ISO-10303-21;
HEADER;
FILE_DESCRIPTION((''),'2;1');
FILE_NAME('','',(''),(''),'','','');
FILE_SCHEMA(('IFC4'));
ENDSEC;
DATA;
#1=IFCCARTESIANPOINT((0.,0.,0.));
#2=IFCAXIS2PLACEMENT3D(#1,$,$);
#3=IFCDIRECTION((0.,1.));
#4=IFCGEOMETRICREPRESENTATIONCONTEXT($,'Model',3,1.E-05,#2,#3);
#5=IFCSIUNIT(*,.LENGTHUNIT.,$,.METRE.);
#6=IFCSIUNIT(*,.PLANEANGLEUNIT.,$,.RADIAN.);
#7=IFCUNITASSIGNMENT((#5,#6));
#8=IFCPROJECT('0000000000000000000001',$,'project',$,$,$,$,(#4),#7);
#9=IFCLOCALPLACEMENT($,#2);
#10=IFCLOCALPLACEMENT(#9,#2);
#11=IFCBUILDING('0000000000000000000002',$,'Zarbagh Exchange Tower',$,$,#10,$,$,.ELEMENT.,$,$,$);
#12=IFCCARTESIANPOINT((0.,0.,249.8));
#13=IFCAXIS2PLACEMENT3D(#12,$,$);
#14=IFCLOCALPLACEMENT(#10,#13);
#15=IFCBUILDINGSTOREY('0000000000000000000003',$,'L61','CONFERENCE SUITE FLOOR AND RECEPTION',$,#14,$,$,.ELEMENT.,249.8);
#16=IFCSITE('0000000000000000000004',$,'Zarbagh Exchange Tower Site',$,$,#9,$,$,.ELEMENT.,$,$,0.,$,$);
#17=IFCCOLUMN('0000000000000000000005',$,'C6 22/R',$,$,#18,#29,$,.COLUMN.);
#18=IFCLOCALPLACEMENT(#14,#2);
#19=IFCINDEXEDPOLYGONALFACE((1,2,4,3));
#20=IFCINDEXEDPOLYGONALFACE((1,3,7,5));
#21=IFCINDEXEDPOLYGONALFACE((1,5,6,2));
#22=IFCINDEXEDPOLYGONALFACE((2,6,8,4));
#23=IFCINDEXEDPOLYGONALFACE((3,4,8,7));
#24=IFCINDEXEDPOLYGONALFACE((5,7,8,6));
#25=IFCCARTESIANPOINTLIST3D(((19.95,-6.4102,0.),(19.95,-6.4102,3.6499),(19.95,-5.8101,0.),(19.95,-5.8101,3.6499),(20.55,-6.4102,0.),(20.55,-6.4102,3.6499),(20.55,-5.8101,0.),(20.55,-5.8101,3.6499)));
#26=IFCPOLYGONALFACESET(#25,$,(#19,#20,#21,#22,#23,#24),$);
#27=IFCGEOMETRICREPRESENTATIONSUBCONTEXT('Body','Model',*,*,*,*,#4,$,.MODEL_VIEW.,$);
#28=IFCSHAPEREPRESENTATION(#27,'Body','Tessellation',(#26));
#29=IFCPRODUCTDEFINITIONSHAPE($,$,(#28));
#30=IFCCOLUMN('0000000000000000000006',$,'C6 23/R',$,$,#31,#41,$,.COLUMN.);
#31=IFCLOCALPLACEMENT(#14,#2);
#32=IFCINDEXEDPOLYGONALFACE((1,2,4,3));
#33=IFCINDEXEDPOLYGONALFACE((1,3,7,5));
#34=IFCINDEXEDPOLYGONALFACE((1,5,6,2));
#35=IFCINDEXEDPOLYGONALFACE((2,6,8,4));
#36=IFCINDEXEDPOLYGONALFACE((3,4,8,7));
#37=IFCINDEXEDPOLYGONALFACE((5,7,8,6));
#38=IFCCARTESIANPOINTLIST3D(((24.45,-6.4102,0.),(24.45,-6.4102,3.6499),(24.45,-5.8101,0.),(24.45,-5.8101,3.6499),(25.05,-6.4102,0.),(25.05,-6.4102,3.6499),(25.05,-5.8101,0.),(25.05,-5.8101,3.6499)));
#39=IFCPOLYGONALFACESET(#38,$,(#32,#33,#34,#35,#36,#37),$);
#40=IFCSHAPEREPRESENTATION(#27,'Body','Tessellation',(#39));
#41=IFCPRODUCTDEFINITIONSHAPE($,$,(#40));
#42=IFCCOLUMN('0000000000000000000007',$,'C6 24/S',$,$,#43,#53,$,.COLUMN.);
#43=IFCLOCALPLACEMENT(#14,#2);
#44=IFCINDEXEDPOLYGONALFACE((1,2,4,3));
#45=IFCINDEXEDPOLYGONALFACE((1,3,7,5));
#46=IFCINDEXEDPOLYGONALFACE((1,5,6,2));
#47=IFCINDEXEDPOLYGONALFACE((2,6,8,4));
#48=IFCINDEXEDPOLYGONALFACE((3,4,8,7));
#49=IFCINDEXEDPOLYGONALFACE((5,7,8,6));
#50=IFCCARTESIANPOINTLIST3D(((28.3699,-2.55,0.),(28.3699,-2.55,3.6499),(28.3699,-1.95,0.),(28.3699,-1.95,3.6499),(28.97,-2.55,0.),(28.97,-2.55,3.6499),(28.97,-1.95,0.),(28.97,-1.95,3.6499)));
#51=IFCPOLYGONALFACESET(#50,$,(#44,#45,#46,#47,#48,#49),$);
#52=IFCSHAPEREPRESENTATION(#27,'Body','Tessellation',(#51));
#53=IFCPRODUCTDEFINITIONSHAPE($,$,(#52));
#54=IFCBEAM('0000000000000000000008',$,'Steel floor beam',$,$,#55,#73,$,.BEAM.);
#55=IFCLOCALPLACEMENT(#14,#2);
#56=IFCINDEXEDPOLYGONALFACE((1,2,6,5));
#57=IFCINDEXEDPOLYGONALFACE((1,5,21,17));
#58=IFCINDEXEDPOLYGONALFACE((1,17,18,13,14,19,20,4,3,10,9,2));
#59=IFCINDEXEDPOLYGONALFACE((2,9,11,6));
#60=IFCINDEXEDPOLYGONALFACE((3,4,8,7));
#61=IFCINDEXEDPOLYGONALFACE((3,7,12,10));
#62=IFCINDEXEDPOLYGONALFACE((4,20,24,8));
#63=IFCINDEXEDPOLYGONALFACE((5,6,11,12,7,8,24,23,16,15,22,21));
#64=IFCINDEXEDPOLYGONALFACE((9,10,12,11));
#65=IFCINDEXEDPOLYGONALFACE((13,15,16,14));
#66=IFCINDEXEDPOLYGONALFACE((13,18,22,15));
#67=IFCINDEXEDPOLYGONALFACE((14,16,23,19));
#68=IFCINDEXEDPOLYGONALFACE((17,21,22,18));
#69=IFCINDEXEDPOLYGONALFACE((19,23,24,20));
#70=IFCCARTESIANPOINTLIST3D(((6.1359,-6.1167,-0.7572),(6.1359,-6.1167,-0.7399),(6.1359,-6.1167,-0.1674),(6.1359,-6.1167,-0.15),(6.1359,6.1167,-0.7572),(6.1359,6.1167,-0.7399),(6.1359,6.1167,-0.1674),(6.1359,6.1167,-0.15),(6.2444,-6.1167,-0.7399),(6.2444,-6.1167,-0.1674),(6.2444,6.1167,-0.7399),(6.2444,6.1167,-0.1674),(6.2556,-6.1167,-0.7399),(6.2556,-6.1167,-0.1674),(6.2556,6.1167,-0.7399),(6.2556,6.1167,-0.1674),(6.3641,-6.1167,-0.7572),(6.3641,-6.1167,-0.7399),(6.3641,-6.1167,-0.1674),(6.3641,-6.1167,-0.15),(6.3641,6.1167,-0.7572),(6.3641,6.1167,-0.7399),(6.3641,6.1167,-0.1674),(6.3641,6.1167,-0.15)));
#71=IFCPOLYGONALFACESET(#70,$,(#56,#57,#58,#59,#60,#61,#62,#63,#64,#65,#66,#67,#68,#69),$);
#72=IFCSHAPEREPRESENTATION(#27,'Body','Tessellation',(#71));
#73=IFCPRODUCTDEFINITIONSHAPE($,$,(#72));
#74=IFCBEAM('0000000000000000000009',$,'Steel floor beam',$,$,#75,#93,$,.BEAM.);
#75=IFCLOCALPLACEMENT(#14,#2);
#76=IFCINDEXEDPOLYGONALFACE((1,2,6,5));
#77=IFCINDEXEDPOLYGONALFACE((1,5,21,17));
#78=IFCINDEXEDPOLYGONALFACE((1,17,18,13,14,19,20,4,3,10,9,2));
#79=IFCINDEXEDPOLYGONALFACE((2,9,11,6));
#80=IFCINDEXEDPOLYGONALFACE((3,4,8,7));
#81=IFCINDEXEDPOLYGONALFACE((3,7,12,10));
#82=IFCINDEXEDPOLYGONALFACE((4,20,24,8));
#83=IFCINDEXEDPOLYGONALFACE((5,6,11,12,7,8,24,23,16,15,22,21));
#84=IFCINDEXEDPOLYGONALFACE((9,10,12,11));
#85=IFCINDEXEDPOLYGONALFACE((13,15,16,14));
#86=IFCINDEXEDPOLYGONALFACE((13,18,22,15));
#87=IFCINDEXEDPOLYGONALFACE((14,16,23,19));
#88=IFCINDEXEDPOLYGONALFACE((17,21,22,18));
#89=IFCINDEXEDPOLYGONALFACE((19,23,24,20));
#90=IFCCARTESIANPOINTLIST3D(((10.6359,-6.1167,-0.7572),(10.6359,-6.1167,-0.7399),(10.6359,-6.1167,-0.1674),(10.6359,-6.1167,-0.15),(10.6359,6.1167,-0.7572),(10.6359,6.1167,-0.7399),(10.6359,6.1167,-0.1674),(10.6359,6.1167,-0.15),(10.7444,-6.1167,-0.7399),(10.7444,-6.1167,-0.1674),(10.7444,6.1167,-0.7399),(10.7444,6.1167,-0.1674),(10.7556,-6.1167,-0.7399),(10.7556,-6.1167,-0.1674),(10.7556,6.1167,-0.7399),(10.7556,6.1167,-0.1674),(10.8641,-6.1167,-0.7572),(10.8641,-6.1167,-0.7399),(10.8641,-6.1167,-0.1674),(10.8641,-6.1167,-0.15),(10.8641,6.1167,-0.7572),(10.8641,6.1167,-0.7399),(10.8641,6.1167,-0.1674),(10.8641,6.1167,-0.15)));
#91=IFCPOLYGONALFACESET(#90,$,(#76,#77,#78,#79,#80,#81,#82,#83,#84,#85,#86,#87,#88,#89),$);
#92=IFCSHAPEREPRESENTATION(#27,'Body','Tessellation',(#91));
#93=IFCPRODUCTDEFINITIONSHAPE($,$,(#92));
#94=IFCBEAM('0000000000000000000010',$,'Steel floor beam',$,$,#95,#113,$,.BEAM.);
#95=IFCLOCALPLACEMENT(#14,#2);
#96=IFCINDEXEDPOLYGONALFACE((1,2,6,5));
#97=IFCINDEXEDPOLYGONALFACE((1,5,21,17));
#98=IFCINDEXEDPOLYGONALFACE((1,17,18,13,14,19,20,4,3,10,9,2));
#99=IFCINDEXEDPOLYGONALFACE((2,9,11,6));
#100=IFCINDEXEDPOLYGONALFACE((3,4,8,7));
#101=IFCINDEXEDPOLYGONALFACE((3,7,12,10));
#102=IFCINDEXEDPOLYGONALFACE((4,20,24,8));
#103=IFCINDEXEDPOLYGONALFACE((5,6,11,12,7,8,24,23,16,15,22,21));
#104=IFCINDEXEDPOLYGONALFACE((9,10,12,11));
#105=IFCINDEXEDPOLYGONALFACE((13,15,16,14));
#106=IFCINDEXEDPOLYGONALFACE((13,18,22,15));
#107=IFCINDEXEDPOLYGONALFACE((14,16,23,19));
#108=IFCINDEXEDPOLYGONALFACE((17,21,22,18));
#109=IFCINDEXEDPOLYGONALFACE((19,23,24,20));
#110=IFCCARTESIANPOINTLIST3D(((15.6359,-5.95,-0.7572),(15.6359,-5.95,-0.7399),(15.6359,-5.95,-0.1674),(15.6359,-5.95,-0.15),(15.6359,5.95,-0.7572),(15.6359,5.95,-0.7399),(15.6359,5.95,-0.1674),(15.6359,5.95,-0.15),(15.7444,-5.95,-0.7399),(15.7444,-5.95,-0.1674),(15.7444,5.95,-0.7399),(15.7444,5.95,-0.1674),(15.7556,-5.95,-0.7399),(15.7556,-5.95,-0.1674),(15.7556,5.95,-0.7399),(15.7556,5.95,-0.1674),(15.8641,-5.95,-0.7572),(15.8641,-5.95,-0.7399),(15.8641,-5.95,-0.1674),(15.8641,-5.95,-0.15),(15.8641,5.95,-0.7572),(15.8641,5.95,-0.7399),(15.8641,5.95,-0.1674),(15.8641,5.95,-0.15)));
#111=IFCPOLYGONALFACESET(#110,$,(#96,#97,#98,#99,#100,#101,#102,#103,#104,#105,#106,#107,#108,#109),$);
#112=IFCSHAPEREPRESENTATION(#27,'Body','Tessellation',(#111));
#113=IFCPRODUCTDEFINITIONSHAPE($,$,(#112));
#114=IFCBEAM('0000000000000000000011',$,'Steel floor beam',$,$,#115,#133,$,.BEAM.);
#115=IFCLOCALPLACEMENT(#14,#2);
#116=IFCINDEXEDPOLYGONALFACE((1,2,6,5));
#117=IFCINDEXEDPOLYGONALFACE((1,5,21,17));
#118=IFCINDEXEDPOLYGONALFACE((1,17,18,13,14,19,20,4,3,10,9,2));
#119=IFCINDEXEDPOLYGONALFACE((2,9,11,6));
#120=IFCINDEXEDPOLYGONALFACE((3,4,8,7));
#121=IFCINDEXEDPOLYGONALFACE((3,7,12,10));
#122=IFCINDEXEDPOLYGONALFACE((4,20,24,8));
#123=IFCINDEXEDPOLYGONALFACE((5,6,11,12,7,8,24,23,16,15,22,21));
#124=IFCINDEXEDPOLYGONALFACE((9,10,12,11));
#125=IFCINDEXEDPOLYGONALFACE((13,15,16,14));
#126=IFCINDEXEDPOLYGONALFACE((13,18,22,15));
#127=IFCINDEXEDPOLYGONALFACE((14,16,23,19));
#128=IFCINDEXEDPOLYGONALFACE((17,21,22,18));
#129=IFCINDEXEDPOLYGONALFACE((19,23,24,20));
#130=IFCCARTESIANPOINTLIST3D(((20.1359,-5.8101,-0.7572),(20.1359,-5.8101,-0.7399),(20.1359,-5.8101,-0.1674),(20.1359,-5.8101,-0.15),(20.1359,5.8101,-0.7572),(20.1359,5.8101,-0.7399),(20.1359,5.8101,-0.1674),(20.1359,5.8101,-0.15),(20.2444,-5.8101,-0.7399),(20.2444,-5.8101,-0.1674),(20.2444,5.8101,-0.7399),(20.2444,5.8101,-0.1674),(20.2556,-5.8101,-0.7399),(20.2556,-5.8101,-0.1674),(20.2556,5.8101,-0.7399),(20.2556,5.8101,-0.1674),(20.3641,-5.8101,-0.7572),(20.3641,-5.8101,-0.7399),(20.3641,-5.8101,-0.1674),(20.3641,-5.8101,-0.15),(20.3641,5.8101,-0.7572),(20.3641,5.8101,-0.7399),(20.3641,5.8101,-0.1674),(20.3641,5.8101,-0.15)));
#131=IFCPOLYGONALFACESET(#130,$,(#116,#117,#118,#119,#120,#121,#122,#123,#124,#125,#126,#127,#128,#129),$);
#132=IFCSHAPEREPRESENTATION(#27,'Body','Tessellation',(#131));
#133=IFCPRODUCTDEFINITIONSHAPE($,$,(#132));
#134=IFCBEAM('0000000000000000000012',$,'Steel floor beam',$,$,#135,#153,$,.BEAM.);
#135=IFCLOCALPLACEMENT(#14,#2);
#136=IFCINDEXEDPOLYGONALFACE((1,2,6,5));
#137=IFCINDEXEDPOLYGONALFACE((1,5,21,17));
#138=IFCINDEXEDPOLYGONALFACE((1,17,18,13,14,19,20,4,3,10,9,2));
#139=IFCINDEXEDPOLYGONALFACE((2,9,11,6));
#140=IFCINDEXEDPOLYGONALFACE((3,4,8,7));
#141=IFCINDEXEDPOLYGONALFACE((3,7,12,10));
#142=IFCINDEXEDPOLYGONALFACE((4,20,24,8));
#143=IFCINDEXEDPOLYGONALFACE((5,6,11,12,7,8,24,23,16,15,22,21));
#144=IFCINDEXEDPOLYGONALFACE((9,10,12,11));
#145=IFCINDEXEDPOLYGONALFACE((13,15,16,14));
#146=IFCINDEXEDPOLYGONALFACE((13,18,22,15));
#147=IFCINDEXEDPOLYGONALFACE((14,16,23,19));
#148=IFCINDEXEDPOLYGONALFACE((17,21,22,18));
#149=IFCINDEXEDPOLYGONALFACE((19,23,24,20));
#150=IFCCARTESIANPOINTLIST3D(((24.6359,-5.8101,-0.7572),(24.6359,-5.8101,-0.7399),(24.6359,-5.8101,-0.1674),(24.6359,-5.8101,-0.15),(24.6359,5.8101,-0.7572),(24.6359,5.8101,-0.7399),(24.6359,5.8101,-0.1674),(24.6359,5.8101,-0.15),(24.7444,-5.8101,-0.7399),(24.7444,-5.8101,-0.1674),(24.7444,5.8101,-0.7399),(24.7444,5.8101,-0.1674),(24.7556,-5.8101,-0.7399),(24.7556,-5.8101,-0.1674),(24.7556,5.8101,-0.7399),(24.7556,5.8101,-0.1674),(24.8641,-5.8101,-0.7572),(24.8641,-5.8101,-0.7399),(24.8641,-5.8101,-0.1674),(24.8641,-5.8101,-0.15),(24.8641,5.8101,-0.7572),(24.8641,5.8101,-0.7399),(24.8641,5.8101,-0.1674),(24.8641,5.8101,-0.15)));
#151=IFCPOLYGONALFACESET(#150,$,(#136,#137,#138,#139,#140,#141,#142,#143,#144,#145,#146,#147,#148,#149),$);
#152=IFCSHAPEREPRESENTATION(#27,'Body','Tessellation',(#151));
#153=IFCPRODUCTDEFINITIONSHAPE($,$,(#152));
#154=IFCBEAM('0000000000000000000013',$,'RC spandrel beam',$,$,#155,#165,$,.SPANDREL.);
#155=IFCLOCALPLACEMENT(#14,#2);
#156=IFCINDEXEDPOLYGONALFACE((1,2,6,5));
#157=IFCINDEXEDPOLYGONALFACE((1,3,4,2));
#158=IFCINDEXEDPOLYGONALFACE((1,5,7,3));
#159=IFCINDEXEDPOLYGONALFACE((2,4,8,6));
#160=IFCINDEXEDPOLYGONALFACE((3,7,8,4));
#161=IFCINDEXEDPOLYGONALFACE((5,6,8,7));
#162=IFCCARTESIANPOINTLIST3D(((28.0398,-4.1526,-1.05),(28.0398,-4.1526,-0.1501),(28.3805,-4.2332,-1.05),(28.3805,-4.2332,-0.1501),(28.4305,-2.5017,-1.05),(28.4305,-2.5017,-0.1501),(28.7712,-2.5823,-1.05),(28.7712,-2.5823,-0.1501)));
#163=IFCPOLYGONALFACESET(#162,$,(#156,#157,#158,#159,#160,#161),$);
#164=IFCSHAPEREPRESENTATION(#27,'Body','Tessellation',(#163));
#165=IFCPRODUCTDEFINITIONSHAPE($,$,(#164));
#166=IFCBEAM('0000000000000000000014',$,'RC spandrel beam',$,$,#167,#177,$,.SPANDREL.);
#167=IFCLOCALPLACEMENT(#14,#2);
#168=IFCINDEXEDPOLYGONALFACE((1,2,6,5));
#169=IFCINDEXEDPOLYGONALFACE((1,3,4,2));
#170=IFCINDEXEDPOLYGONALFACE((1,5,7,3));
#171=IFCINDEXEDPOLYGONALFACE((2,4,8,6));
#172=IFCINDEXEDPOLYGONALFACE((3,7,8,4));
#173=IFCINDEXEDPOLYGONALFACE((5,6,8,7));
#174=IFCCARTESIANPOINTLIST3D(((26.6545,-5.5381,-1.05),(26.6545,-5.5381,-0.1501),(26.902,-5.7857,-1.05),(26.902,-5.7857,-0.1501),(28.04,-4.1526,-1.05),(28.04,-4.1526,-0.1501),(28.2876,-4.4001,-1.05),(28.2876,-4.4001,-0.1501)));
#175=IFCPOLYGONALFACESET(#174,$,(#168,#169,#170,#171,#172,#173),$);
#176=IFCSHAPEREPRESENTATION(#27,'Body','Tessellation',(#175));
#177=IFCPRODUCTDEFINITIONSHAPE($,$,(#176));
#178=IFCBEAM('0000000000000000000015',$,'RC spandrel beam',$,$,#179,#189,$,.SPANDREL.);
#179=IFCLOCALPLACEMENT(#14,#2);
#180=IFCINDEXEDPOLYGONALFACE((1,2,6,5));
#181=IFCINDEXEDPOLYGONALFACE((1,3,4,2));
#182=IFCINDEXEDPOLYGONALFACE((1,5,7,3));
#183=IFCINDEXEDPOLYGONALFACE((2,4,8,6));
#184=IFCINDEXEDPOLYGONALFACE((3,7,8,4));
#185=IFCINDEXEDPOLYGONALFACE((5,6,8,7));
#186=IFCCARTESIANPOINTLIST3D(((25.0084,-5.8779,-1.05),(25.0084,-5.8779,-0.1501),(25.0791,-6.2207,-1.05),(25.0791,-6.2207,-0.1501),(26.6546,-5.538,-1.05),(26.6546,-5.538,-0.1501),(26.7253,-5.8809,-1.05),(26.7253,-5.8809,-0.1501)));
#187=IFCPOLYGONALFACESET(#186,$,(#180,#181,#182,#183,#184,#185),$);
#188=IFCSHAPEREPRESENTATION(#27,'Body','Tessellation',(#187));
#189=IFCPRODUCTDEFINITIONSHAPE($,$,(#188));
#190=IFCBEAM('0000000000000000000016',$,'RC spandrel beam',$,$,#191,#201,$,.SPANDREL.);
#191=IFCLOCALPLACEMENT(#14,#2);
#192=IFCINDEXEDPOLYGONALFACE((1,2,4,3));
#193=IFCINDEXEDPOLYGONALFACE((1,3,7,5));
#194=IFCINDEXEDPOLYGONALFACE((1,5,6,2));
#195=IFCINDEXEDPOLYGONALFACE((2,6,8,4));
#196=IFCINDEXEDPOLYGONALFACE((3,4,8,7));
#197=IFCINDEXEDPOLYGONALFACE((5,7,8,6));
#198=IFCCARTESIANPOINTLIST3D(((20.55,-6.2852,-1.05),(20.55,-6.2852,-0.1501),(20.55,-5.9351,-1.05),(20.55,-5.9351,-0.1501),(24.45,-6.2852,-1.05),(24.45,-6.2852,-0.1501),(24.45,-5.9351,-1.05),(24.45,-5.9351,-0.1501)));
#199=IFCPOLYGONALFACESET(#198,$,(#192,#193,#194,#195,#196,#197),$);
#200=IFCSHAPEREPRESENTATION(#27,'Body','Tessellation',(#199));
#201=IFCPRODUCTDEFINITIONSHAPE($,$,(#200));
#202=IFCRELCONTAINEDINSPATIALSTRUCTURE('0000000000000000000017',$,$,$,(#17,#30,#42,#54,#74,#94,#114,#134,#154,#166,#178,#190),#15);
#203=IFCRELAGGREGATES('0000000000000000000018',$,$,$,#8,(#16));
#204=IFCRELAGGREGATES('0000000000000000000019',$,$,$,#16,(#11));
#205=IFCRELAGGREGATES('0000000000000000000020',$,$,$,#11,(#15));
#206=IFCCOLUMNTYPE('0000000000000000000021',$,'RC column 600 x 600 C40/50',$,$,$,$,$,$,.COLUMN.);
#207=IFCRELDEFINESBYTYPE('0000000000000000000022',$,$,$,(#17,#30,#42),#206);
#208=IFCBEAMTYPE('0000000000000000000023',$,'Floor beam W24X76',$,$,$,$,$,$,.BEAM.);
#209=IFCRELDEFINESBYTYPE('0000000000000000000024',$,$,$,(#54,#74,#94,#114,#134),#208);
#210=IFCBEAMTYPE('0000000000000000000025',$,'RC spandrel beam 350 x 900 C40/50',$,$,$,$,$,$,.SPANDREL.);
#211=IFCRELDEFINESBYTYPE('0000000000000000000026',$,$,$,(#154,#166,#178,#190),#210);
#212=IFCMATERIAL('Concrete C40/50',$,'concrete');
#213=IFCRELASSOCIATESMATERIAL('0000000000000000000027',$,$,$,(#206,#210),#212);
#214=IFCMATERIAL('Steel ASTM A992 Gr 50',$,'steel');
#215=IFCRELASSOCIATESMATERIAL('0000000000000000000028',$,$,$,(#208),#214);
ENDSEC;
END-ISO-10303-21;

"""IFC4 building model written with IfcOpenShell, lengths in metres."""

from ifc_helpers import new_model, si_unit, direction, frame, origin, origin_2d, place, context, subcontext, project, spatial, rectangle, i_section, extrude, material, material_profile, profile_set, type_object, element, save


model = new_model("IFC4")

# Units and contexts
model_context = context("Model", 3, precision=1e-05, world=origin(), true_north=direction((0.0, 1.0)))
body_context = subcontext(model_context, "Body", "Model", "MODEL_VIEW")
ifc_project = project(units=[si_unit("LENGTHUNIT", "METRE"), si_unit("PLANEANGLEUNIT", "RADIAN")], contexts=[model_context])

# Site, building, storey
site_placement = place(None, origin())
site = spatial("IfcSite", under=ifc_project, at=site_placement, Name="Zarbagh Exchange Tower Site", CompositionType="ELEMENT", RefElevation=0.0)
building_placement = place(site_placement, origin())
building = spatial("IfcBuilding", under=site, at=building_placement, Name="Zarbagh Exchange Tower", CompositionType="ELEMENT")
storey_placement = place(building_placement, frame((0.0, 0.0, 249.8)))
storey = spatial("IfcBuildingStorey", under=building, at=storey_placement, Name="L61", Description="CONFERENCE SUITE FLOOR AND RECEPTION", CompositionType="ELEMENT", Elevation=249.8)

# Columns
ifc_material_1 = material(Name="Concrete C40/50", Category="concrete")
ifc_material_profile_1 = material_profile(ifc_material_1, rectangle(XDim=0.6001, YDim=0.6001, at=origin_2d()), Name="RC column 600 x 600 C40/50")
ifc_profile_set_1 = profile_set([ifc_material_profile_1], Name="Concrete C40/50")
column_type = type_object("IfcColumnType", Name="RC column 600 x 600 C40/50", PredefinedType="COLUMN", material=ifc_profile_set_1)
for number, where, z_axis, x_axis, name in (
    (1, (20.25, -6.1101, 0.0), (0.0, 0.0, 1.0), (1.0, 0.0, 0.0), "C6 22/R"),
    (2, (24.75, -6.1101, 0.0), (0.0, 0.0, 1.0), (1.0, 0.0, 0.0), "C6 23/R"),
    (3, (28.6699, -2.25, 0.0), (0.0, 0.0, 1.0), (1.0, 0.0, 0.0), "C6 24/S"),
):
    element("IfcColumn", number, at=place(storey_placement, frame(where, z_axis=z_axis, x_axis=x_axis)), inside=storey, type_object=column_type, Name=name, PredefinedType="COLUMN", context=body_context, shape_type="SweptSolid", body=[
        extrude(rectangle(XDim=0.6001, YDim=0.6001, at=origin_2d()), origin(), (0.0, 0.0, 1.0), 3.6499),
    ])

# Beams
ifc_material_2 = material(Name="Steel ASTM A992 Gr 50", Category="steel")
ifc_material_profile_2 = material_profile(ifc_material_2, i_section(OverallWidth=0.2283, OverallDepth=0.6072, WebThickness=0.0112, FlangeThickness=0.0173, at=origin_2d()), Name="W24X76")
ifc_profile_set_2 = profile_set([ifc_material_profile_2], Name="Steel ASTM A992 Gr 50")
beam_type_1 = type_object("IfcBeamType", Name="Floor beam W24X76", PredefinedType="BEAM", material=ifc_profile_set_2)
for number, where, z_axis, x_axis, name in (
    (4, (6.25, -6.1167, -0.4536), (0.0, 1.0, 0.0), (-1.0, 0.0, 0.0), "Steel floor beam"),
    (5, (10.75, -6.1167, -0.4536), (0.0, 1.0, 0.0), (-1.0, 0.0, 0.0), "Steel floor beam"),
):
    element("IfcBeam", number, at=place(storey_placement, frame(where, z_axis=z_axis, x_axis=x_axis)), inside=storey, type_object=beam_type_1, Name=name, PredefinedType="BEAM", context=body_context, shape_type="SweptSolid", body=[
        extrude(i_section(OverallWidth=0.2283, OverallDepth=0.6072, WebThickness=0.0112, FlangeThickness=0.0173, at=origin_2d()), origin(), (0.0, 0.0, 1.0), 12.2334),
    ])
beam_1_placement = place(storey_placement, frame((15.75, -5.95, -0.4536), z_axis=(0.0, 1.0, 0.0), x_axis=(-1.0, 0.0, 0.0)))
element("IfcBeam", 6, at=beam_1_placement, inside=storey, type_object=beam_type_1, Name="Steel floor beam", PredefinedType="BEAM", context=body_context, shape_type="SweptSolid", body=[
    extrude(i_section(OverallWidth=0.2283, OverallDepth=0.6072, WebThickness=0.0112, FlangeThickness=0.0173, at=origin_2d()), origin(), (0.0, 0.0, 1.0), 11.8999),
])
for number, where, z_axis, x_axis, name in (
    (7, (20.25, -5.8101, -0.4536), (0.0, 1.0, 0.0), (-1.0, 0.0, 0.0), "Steel floor beam"),
    (8, (24.75, -5.8101, -0.4536), (0.0, 1.0, 0.0), (-1.0, 0.0, 0.0), "Steel floor beam"),
):
    element("IfcBeam", number, at=place(storey_placement, frame(where, z_axis=z_axis, x_axis=x_axis)), inside=storey, type_object=beam_type_1, Name=name, PredefinedType="BEAM", context=body_context, shape_type="SweptSolid", body=[
        extrude(i_section(OverallWidth=0.2283, OverallDepth=0.6072, WebThickness=0.0112, FlangeThickness=0.0173, at=origin_2d()), origin(), (0.0, 0.0, 1.0), 11.6201),
    ])
ifc_material_profile_3 = material_profile(ifc_material_1, rectangle(XDim=0.3501, YDim=0.8999, at=origin_2d()), Name="RC spandrel beam 350 x 900 C40/50")
ifc_profile_set_3 = profile_set([ifc_material_profile_3], Name="Concrete C40/50")
beam_type_2 = type_object("IfcBeamType", Name="RC spandrel beam 350 x 900 C40/50", PredefinedType="SPANDREL", material=ifc_profile_set_3)
beam_2_placement = place(storey_placement, frame((28.6008, -2.542, -0.6001), z_axis=(-0.230258, -0.97313, 0.0), x_axis=(0.97313, -0.230258, 0.0)))
element("IfcBeam", 9, at=beam_2_placement, inside=storey, type_object=beam_type_2, Name="RC spandrel beam", PredefinedType="SPANDREL", context=body_context, shape_type="SweptSolid", body=[
    extrude(rectangle(XDim=0.3501, YDim=0.8999, at=origin_2d()), origin(), (0.0, 0.0, 1.0), 1.6965),
])
beam_3_placement = place(storey_placement, frame((28.1638, -4.2764, -0.6001), z_axis=(-0.707107, -0.707107, 0.0), x_axis=(0.707107, -0.707107, 0.0)))
element("IfcBeam", 10, at=beam_3_placement, inside=storey, type_object=beam_type_2, Name="RC spandrel beam", PredefinedType="SPANDREL", context=body_context, shape_type="SweptSolid", body=[
    extrude(rectangle(XDim=0.3501, YDim=0.8999, at=origin_2d()), origin(), (0.0, 0.0, 1.0), 1.9595),
])
beam_4_placement = place(storey_placement, frame((26.6899, -5.7095, -0.6001), z_axis=(-0.97935, -0.202173, 0.0), x_axis=(0.202173, -0.97935, 0.0)))
element("IfcBeam", 11, at=beam_4_placement, inside=storey, type_object=beam_type_2, Name="RC spandrel beam", PredefinedType="SPANDREL", context=body_context, shape_type="SweptSolid", body=[
    extrude(rectangle(XDim=0.3501, YDim=0.8999, at=origin_2d()), origin(), (0.0, 0.0, 1.0), 1.6809),
])
beam_5_placement = place(storey_placement, frame((24.45, -6.1101, -0.6001), z_axis=(-1.0, 0.0, 0.0), x_axis=(0.0, -1.0, 0.0)))
element("IfcBeam", 12, at=beam_5_placement, inside=storey, type_object=beam_type_2, Name="RC spandrel beam", PredefinedType="SPANDREL", context=body_context, shape_type="SweptSolid", body=[
    extrude(rectangle(XDim=0.3501, YDim=0.8999, at=origin_2d()), origin(), (0.0, 0.0, 1.0), 3.8999),
])

save(model, "model.ifc")
